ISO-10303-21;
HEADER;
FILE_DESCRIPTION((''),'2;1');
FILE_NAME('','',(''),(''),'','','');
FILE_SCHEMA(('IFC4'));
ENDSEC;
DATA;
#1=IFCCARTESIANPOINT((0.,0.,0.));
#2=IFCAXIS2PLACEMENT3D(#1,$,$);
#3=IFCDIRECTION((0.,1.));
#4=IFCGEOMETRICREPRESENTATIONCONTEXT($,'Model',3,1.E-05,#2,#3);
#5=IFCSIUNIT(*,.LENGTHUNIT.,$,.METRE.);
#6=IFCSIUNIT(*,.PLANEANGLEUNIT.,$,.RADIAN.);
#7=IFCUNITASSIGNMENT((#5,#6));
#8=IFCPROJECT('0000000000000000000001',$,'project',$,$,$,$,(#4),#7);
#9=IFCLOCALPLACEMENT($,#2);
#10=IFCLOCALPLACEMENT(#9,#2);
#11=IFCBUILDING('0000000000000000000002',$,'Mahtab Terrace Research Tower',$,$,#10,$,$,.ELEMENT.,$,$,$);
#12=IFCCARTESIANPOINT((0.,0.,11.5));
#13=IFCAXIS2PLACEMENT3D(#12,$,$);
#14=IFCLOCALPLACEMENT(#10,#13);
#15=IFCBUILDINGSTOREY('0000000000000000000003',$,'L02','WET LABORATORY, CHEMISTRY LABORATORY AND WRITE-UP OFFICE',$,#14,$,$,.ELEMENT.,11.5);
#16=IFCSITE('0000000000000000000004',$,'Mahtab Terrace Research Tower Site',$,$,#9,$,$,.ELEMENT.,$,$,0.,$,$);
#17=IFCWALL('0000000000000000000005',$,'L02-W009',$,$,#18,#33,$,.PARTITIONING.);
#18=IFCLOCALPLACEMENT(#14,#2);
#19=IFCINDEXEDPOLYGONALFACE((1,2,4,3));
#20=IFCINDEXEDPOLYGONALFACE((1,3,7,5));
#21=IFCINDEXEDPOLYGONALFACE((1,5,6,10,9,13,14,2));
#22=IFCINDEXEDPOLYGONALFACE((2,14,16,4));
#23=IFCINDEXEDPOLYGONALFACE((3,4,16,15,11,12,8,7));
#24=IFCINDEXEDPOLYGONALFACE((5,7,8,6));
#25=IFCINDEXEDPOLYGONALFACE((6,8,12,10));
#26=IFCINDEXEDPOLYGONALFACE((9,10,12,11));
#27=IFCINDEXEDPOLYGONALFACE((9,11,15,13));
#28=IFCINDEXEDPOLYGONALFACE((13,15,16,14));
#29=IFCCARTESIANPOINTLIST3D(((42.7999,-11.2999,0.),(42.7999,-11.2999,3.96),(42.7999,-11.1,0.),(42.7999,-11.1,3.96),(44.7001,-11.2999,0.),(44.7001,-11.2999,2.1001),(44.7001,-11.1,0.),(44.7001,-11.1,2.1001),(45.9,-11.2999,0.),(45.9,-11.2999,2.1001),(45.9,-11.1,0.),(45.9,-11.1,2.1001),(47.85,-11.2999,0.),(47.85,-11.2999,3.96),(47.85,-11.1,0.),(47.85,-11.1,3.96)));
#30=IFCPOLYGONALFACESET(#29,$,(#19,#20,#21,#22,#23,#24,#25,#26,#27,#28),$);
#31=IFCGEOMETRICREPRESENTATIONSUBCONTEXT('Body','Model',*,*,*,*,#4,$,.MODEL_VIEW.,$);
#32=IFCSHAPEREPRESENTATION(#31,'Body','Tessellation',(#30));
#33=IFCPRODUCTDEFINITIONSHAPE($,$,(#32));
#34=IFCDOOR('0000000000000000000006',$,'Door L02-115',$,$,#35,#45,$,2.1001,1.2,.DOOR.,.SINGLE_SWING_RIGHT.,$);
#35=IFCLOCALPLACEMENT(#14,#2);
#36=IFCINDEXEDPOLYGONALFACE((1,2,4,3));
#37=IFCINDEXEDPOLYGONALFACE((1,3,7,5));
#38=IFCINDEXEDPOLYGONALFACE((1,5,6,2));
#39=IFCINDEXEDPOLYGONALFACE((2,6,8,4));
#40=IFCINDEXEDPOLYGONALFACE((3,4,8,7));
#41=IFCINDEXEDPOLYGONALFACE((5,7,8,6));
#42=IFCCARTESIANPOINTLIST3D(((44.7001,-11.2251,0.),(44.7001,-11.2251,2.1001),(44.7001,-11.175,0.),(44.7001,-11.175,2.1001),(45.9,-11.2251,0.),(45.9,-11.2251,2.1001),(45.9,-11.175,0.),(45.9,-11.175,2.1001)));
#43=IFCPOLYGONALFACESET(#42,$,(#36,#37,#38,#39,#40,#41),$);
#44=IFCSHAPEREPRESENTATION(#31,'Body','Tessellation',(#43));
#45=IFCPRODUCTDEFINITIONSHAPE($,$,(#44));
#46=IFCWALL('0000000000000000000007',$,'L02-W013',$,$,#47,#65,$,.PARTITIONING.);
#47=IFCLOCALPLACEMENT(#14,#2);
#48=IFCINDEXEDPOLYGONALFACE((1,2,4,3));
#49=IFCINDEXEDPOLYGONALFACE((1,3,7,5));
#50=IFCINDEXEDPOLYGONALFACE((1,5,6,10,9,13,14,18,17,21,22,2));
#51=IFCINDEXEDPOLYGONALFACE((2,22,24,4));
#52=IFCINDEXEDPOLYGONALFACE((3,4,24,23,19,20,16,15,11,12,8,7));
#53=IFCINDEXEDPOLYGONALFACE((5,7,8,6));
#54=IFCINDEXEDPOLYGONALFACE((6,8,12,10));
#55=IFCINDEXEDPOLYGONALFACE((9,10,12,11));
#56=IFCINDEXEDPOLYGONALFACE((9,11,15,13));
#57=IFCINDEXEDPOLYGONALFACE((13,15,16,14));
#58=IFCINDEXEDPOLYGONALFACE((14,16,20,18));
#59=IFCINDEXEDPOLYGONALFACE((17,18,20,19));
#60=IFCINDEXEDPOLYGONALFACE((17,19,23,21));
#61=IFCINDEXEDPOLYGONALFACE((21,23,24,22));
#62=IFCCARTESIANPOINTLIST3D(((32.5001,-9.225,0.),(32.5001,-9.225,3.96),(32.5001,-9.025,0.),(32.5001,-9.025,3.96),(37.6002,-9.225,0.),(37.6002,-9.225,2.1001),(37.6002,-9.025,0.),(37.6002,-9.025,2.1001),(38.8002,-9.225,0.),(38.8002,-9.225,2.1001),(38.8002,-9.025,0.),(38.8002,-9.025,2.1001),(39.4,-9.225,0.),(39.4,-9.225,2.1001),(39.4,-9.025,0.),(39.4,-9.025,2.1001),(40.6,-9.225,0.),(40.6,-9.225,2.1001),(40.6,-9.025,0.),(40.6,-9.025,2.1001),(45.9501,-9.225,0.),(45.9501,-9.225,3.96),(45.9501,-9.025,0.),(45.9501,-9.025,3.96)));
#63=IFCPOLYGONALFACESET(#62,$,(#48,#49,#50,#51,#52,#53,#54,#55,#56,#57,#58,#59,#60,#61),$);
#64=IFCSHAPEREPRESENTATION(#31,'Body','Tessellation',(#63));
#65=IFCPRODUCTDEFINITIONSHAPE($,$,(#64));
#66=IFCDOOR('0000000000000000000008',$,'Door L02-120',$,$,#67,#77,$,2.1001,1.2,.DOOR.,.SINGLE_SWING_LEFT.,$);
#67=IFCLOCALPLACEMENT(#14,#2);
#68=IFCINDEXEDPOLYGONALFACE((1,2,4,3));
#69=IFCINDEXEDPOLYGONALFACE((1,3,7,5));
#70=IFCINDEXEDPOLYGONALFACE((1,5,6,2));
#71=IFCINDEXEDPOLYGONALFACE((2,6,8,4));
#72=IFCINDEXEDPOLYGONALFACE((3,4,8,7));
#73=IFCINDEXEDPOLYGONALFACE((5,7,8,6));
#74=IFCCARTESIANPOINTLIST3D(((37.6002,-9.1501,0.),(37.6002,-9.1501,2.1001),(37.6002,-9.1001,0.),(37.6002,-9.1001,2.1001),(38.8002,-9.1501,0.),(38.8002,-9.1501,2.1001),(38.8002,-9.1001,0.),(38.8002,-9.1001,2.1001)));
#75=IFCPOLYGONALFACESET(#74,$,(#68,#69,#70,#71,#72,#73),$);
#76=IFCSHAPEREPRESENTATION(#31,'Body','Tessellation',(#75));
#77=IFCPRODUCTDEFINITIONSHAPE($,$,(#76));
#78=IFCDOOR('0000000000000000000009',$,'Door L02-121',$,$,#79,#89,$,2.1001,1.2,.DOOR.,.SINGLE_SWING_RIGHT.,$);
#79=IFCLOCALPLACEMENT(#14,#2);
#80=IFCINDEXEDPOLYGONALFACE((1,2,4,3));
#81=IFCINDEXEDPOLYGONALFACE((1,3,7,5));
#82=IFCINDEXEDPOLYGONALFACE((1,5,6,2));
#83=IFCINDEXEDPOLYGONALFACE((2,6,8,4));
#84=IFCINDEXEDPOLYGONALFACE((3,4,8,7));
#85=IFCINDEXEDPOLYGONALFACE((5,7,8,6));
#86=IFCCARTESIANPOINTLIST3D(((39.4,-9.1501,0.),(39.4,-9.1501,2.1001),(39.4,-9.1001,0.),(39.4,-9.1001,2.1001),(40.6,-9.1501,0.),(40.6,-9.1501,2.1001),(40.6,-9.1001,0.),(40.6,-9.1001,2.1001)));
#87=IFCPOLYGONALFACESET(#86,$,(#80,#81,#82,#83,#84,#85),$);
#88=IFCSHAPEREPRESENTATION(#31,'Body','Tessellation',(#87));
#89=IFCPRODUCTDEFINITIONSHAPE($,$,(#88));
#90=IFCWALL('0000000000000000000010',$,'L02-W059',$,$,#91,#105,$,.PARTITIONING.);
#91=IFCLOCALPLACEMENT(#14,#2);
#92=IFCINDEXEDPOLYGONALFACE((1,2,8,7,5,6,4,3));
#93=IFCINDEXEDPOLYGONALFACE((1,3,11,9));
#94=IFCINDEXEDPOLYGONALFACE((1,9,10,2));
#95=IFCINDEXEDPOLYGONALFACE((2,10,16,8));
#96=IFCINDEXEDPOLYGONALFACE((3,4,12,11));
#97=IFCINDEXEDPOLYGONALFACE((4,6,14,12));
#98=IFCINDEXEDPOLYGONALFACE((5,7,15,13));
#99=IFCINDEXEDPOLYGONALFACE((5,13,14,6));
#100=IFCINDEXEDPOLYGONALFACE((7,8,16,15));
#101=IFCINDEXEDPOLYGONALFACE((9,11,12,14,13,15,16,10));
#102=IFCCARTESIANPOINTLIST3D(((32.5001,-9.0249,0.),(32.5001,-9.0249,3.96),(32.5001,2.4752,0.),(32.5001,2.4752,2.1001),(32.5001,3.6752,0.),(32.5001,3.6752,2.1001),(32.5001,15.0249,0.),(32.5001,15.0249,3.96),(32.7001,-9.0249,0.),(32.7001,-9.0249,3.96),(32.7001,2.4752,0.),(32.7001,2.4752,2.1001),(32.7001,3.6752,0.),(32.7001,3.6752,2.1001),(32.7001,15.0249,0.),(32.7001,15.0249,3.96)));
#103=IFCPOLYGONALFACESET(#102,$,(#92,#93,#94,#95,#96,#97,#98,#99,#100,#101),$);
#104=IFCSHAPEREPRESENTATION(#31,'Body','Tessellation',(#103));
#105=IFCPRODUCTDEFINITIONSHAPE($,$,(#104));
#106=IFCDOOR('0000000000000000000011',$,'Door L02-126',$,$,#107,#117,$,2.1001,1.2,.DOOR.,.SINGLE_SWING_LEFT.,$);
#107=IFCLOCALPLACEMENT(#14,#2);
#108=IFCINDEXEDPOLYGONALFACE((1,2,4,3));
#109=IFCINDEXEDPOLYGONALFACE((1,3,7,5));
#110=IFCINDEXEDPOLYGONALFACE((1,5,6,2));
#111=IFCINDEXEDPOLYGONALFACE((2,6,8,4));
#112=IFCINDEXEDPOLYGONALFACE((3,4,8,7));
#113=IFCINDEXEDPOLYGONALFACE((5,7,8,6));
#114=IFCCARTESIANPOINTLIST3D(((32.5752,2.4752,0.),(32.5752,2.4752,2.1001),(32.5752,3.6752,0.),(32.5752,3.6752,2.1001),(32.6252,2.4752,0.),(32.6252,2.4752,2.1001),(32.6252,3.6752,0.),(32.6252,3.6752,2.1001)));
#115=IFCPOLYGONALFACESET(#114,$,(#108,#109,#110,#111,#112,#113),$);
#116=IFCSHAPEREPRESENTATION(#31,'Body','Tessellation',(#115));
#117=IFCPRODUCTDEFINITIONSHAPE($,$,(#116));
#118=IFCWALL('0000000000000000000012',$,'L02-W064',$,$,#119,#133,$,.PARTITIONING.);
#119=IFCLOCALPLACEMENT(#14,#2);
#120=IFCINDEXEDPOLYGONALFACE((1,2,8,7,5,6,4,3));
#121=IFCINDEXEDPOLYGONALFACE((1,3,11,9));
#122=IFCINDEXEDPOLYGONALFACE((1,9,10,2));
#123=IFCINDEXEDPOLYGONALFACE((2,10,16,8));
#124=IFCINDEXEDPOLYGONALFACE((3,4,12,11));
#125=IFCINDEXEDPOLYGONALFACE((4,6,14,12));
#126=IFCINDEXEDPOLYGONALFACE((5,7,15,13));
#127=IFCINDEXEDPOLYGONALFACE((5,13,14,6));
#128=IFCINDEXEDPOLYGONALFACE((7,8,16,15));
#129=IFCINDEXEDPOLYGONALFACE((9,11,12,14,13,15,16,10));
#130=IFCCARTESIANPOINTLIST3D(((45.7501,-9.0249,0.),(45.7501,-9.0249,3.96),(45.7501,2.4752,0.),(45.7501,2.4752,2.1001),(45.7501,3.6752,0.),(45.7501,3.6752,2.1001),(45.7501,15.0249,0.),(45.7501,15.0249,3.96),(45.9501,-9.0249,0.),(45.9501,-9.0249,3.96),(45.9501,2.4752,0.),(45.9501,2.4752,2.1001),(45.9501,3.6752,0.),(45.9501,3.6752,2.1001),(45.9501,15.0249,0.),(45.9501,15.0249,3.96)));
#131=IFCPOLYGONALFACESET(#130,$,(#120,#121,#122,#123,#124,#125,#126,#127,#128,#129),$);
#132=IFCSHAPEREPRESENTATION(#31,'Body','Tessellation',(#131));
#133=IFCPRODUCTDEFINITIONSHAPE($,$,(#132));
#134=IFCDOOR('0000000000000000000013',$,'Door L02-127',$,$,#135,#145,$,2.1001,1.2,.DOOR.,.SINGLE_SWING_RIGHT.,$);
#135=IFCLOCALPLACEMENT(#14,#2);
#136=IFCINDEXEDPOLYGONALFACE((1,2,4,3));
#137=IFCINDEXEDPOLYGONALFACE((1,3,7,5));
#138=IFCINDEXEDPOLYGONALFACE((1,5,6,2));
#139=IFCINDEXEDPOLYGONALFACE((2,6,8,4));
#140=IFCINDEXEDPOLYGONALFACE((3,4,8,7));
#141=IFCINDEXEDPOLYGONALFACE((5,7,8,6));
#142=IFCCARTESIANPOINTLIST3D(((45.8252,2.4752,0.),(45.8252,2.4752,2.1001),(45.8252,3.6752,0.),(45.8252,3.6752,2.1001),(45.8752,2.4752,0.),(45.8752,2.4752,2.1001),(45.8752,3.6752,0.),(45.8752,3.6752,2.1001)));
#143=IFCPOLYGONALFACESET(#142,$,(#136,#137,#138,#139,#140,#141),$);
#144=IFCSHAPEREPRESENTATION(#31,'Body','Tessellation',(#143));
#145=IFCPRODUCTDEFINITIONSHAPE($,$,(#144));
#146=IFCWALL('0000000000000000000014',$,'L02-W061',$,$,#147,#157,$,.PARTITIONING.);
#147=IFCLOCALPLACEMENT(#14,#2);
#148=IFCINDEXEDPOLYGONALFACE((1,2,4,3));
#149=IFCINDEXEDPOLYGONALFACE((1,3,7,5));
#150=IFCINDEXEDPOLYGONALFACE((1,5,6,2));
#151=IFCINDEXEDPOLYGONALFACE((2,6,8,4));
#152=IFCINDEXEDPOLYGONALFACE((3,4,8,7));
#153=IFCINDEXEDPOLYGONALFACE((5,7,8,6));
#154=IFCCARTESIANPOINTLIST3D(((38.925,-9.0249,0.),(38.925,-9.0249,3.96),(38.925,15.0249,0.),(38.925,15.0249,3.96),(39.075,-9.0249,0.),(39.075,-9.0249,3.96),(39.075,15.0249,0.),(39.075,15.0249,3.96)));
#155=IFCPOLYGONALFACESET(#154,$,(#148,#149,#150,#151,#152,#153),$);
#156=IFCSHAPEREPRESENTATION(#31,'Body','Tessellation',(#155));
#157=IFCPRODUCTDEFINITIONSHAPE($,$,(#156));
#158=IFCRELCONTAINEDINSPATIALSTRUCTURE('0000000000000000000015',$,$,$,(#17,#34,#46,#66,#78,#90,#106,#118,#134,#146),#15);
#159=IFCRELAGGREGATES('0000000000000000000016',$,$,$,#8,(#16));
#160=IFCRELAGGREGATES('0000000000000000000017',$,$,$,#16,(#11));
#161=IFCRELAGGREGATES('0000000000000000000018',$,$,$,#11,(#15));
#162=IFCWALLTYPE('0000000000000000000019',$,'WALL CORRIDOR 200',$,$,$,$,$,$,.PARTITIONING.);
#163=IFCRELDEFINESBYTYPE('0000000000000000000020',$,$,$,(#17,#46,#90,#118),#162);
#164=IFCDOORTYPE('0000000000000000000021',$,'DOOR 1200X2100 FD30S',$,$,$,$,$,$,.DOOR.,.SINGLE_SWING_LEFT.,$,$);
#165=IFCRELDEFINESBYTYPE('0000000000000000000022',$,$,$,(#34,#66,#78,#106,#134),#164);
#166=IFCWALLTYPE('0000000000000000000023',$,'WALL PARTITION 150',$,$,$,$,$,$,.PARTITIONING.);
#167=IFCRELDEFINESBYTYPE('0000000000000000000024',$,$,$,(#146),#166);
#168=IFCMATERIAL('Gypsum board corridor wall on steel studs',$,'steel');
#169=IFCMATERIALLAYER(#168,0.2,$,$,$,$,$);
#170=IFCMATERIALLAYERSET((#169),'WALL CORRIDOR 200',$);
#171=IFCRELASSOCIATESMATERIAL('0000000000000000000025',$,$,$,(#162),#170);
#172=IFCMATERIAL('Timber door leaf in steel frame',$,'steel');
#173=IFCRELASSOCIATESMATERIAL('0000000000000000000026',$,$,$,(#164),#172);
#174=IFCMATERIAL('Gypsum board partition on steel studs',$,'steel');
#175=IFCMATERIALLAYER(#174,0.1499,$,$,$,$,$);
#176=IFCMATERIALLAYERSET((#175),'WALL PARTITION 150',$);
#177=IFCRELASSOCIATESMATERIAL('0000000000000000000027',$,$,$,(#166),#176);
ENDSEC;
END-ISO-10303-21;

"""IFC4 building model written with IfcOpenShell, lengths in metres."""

from ifc_helpers import new_model, si_unit, direction, frame, frame_2d, origin, place, context, subcontext, project, spatial, rectangle, extrude, material, layer, layer_set, type_object, element, fill, save


model = new_model("IFC4")

# Units and contexts
model_context = context("Model", 3, precision=1e-05, world=origin(), true_north=direction((0.0, 1.0)))
body_context = subcontext(model_context, "Body", "Model", "MODEL_VIEW")
ifc_project = project(units=[si_unit("LENGTHUNIT", "METRE"), si_unit("PLANEANGLEUNIT", "RADIAN")], contexts=[model_context])

# Site, building, storey
site_placement = place(None, origin())
site = spatial("IfcSite", under=ifc_project, at=site_placement, Name="Mahtab Terrace Research Tower Site", CompositionType="ELEMENT", RefElevation=0.0)
building_placement = place(site_placement, origin())
building = spatial("IfcBuilding", under=site, at=building_placement, Name="Mahtab Terrace Research Tower", CompositionType="ELEMENT")
storey_placement = place(building_placement, frame((0.0, 0.0, 11.5)))
storey = spatial("IfcBuildingStorey", under=building, at=storey_placement, Name="L02", Description="WET LABORATORY, CHEMISTRY LABORATORY AND WRITE-UP OFFICE", CompositionType="ELEMENT", Elevation=11.5)

# Wall, opening, door
ifc_material_1 = material(Name="Gypsum board corridor wall on steel studs", Category="steel")
ifc_layer_1 = layer(ifc_material_1, 0.2)
ifc_layer_set_1 = layer_set([ifc_layer_1], Name="WALL CORRIDOR 200")
wall_type_1 = type_object("IfcWallType", Name="WALL CORRIDOR 200", PredefinedType="PARTITIONING", material=ifc_layer_set_1)
ifc_material_2 = material(Name="Timber door leaf in steel frame", Category="steel")
door_type_1 = type_object("IfcDoorType", Name="DOOR 1200X2100 FD30S", OperationType="SINGLE_SWING_LEFT", PredefinedType="DOOR", material=ifc_material_2)
wall_1_placement = place(storey_placement, frame((42.8, -11.2, 0.0), z_axis=(0.0, 0.0, 1.0), x_axis=(1.0, 0.0, 0.0)))
wall_1 = element("IfcWall", 1, at=wall_1_placement, inside=storey, type_object=wall_type_1, Name="L02-W009", PredefinedType="PARTITIONING", context=body_context, shape_type="SweptSolid", body=[
    extrude(rectangle(XDim=5.05, YDim=0.2, at=frame_2d((2.5249, 0.0))), origin(), (0.0, 0.0, 1.0), 3.96),
])
opening_1_placement = place(wall_1_placement, frame((1.8999, 0.0, 0.0)))
opening_1 = element("IfcOpeningElement", 2, at=opening_1_placement, cuts=wall_1, PredefinedType="OPENING", context=body_context, shape_type="SweptSolid", body=[
    extrude(rectangle(XDim=1.2, YDim=2.1001, at=frame_2d((0.6001, 1.05))), frame((0.0, 0.1099, 0.0), z_axis=(0.0, -1.0, 0.0), x_axis=(1.0, 0.0, 0.0)), (0.0, 0.0, 1.0), 0.22),
])
door_1_placement = place(opening_1_placement, origin())
door_1 = element("IfcDoor", 3, at=door_1_placement, inside=storey, type_object=door_type_1, Name="Door L02-115", OperationType="SINGLE_SWING_RIGHT", OverallHeight=2.1001, OverallWidth=1.2, PredefinedType="DOOR", context=body_context, shape_type="SweptSolid", body=[
    extrude(rectangle(XDim=1.2, YDim=2.1001, at=frame_2d((0.6001, 1.05))), frame((0.0, 0.0249, 0.0), z_axis=(0.0, -1.0, 0.0), x_axis=(1.0, 0.0, 0.0)), (0.0, 0.0, 1.0), 0.05),
])
fill(opening_1, door_1)

# Wall, openings, doors
wall_2_placement = place(storey_placement, frame((32.5, -9.125, 0.0), z_axis=(0.0, 0.0, 1.0), x_axis=(1.0, 0.0, 0.0)))
wall_2 = element("IfcWall", 4, at=wall_2_placement, inside=storey, type_object=wall_type_1, Name="L02-W013", PredefinedType="PARTITIONING", context=body_context, shape_type="SweptSolid", body=[
    extrude(rectangle(XDim=13.45, YDim=0.2, at=frame_2d((6.7251, 0.0))), origin(), (0.0, 0.0, 1.0), 3.96),
])
opening_2_placement = place(wall_2_placement, frame((5.1001, 0.0, 0.0)))
opening_2 = element("IfcOpeningElement", 5, at=opening_2_placement, cuts=wall_2, PredefinedType="OPENING", context=body_context, shape_type="SweptSolid", body=[
    extrude(rectangle(XDim=1.2, YDim=2.1001, at=frame_2d((0.6001, 1.05))), frame((0.0, 0.1099, 0.0), z_axis=(0.0, -1.0, 0.0), x_axis=(1.0, 0.0, 0.0)), (0.0, 0.0, 1.0), 0.22),
])
opening_3_placement = place(wall_2_placement, frame((6.8999, 0.0, 0.0)))
opening_3 = element("IfcOpeningElement", 6, at=opening_3_placement, cuts=wall_2, PredefinedType="OPENING", context=body_context, shape_type="SweptSolid", body=[
    extrude(rectangle(XDim=1.2, YDim=2.1001, at=frame_2d((0.6001, 1.05))), frame((0.0, 0.1099, 0.0), z_axis=(0.0, -1.0, 0.0), x_axis=(1.0, 0.0, 0.0)), (0.0, 0.0, 1.0), 0.22),
])
door_2_placement = place(opening_2_placement, origin())
door_2 = element("IfcDoor", 7, at=door_2_placement, inside=storey, type_object=door_type_1, Name="Door L02-120", OperationType="SINGLE_SWING_LEFT", OverallHeight=2.1001, OverallWidth=1.2, PredefinedType="DOOR", context=body_context, shape_type="SweptSolid", body=[
    extrude(rectangle(XDim=1.2, YDim=2.1001, at=frame_2d((0.6001, 1.05))), frame((0.0, 0.0249, 0.0), z_axis=(0.0, -1.0, 0.0), x_axis=(1.0, 0.0, 0.0)), (0.0, 0.0, 1.0), 0.05),
])
fill(opening_2, door_2)
door_3_placement = place(opening_3_placement, origin())
door_3 = element("IfcDoor", 8, at=door_3_placement, inside=storey, type_object=door_type_1, Name="Door L02-121", OperationType="SINGLE_SWING_RIGHT", OverallHeight=2.1001, OverallWidth=1.2, PredefinedType="DOOR", context=body_context, shape_type="SweptSolid", body=[
    extrude(rectangle(XDim=1.2, YDim=2.1001, at=frame_2d((0.6001, 1.05))), frame((0.0, 0.0249, 0.0), z_axis=(0.0, -1.0, 0.0), x_axis=(1.0, 0.0, 0.0)), (0.0, 0.0, 1.0), 0.05),
])
fill(opening_3, door_3)

# Walls, openings, doors
wall_3_placement = place(storey_placement, frame((32.6001, -9.0249, 0.0), z_axis=(0.0, 0.0, 1.0), x_axis=(0.0, 1.0, 0.0)))
wall_3 = element("IfcWall", 9, at=wall_3_placement, inside=storey, type_object=wall_type_1, Name="L02-W059", PredefinedType="PARTITIONING", context=body_context, shape_type="SweptSolid", body=[
    extrude(rectangle(XDim=24.0498, YDim=0.2, at=frame_2d((12.0249, 0.0))), origin(), (0.0, 0.0, 1.0), 3.96),
])
opening_4_placement = place(wall_3_placement, frame((11.5, 0.0, 0.0)))
opening_4 = element("IfcOpeningElement", 10, at=opening_4_placement, cuts=wall_3, PredefinedType="OPENING", context=body_context, shape_type="SweptSolid", body=[
    extrude(rectangle(XDim=1.2, YDim=2.1001, at=frame_2d((0.6001, 1.05))), frame((0.0, 0.1099, 0.0), z_axis=(0.0, -1.0, 0.0), x_axis=(1.0, 0.0, 0.0)), (0.0, 0.0, 1.0), 0.22),
])
door_4_placement = place(opening_4_placement, origin())
door_4 = element("IfcDoor", 11, at=door_4_placement, inside=storey, type_object=door_type_1, Name="Door L02-126", OperationType="SINGLE_SWING_LEFT", OverallHeight=2.1001, OverallWidth=1.2, PredefinedType="DOOR", context=body_context, shape_type="SweptSolid", body=[
    extrude(rectangle(XDim=1.2, YDim=2.1001, at=frame_2d((0.6001, 1.05))), frame((0.0, 0.0249, 0.0), z_axis=(0.0, -1.0, 0.0), x_axis=(1.0, 0.0, 0.0)), (0.0, 0.0, 1.0), 0.05),
])
fill(opening_4, door_4)
wall_4_placement = place(storey_placement, frame((45.8501, -9.0249, 0.0), z_axis=(0.0, 0.0, 1.0), x_axis=(0.0, 1.0, 0.0)))
wall_4 = element("IfcWall", 12, at=wall_4_placement, inside=storey, type_object=wall_type_1, Name="L02-W064", PredefinedType="PARTITIONING", context=body_context, shape_type="SweptSolid", body=[
    extrude(rectangle(XDim=24.0498, YDim=0.2, at=frame_2d((12.0249, 0.0))), origin(), (0.0, 0.0, 1.0), 3.96),
])
opening_5_placement = place(wall_4_placement, frame((11.5, 0.0, 0.0)))
opening_5 = element("IfcOpeningElement", 13, at=opening_5_placement, cuts=wall_4, PredefinedType="OPENING", context=body_context, shape_type="SweptSolid", body=[
    extrude(rectangle(XDim=1.2, YDim=2.1001, at=frame_2d((0.6001, 1.05))), frame((0.0, 0.1099, 0.0), z_axis=(0.0, -1.0, 0.0), x_axis=(1.0, 0.0, 0.0)), (0.0, 0.0, 1.0), 0.22),
])
door_5_placement = place(opening_5_placement, origin())
door_5 = element("IfcDoor", 14, at=door_5_placement, inside=storey, type_object=door_type_1, Name="Door L02-127", OperationType="SINGLE_SWING_RIGHT", OverallHeight=2.1001, OverallWidth=1.2, PredefinedType="DOOR", context=body_context, shape_type="SweptSolid", body=[
    extrude(rectangle(XDim=1.2, YDim=2.1001, at=frame_2d((0.6001, 1.05))), frame((0.0, 0.0249, 0.0), z_axis=(0.0, -1.0, 0.0), x_axis=(1.0, 0.0, 0.0)), (0.0, 0.0, 1.0), 0.05),
])
fill(opening_5, door_5)

# Wall
ifc_material_3 = material(Name="Gypsum board partition on steel studs", Category="steel")
ifc_layer_2 = layer(ifc_material_3, 0.1499)
ifc_layer_set_2 = layer_set([ifc_layer_2], Name="WALL PARTITION 150")
wall_type_2 = type_object("IfcWallType", Name="WALL PARTITION 150", PredefinedType="PARTITIONING", material=ifc_layer_set_2)
wall_5_placement = place(storey_placement, frame((39.0, -9.0249, 0.0), z_axis=(0.0, 0.0, 1.0), x_axis=(0.0, 1.0, 0.0)))
element("IfcWall", 15, at=wall_5_placement, inside=storey, type_object=wall_type_2, Name="L02-W061", PredefinedType="PARTITIONING", context=body_context, shape_type="SweptSolid", body=[
    extrude(rectangle(XDim=24.0498, YDim=0.1499, at=frame_2d((12.0249, 0.0))), origin(), (0.0, 0.0, 1.0), 3.96),
])

save(model, "model.ifc")
